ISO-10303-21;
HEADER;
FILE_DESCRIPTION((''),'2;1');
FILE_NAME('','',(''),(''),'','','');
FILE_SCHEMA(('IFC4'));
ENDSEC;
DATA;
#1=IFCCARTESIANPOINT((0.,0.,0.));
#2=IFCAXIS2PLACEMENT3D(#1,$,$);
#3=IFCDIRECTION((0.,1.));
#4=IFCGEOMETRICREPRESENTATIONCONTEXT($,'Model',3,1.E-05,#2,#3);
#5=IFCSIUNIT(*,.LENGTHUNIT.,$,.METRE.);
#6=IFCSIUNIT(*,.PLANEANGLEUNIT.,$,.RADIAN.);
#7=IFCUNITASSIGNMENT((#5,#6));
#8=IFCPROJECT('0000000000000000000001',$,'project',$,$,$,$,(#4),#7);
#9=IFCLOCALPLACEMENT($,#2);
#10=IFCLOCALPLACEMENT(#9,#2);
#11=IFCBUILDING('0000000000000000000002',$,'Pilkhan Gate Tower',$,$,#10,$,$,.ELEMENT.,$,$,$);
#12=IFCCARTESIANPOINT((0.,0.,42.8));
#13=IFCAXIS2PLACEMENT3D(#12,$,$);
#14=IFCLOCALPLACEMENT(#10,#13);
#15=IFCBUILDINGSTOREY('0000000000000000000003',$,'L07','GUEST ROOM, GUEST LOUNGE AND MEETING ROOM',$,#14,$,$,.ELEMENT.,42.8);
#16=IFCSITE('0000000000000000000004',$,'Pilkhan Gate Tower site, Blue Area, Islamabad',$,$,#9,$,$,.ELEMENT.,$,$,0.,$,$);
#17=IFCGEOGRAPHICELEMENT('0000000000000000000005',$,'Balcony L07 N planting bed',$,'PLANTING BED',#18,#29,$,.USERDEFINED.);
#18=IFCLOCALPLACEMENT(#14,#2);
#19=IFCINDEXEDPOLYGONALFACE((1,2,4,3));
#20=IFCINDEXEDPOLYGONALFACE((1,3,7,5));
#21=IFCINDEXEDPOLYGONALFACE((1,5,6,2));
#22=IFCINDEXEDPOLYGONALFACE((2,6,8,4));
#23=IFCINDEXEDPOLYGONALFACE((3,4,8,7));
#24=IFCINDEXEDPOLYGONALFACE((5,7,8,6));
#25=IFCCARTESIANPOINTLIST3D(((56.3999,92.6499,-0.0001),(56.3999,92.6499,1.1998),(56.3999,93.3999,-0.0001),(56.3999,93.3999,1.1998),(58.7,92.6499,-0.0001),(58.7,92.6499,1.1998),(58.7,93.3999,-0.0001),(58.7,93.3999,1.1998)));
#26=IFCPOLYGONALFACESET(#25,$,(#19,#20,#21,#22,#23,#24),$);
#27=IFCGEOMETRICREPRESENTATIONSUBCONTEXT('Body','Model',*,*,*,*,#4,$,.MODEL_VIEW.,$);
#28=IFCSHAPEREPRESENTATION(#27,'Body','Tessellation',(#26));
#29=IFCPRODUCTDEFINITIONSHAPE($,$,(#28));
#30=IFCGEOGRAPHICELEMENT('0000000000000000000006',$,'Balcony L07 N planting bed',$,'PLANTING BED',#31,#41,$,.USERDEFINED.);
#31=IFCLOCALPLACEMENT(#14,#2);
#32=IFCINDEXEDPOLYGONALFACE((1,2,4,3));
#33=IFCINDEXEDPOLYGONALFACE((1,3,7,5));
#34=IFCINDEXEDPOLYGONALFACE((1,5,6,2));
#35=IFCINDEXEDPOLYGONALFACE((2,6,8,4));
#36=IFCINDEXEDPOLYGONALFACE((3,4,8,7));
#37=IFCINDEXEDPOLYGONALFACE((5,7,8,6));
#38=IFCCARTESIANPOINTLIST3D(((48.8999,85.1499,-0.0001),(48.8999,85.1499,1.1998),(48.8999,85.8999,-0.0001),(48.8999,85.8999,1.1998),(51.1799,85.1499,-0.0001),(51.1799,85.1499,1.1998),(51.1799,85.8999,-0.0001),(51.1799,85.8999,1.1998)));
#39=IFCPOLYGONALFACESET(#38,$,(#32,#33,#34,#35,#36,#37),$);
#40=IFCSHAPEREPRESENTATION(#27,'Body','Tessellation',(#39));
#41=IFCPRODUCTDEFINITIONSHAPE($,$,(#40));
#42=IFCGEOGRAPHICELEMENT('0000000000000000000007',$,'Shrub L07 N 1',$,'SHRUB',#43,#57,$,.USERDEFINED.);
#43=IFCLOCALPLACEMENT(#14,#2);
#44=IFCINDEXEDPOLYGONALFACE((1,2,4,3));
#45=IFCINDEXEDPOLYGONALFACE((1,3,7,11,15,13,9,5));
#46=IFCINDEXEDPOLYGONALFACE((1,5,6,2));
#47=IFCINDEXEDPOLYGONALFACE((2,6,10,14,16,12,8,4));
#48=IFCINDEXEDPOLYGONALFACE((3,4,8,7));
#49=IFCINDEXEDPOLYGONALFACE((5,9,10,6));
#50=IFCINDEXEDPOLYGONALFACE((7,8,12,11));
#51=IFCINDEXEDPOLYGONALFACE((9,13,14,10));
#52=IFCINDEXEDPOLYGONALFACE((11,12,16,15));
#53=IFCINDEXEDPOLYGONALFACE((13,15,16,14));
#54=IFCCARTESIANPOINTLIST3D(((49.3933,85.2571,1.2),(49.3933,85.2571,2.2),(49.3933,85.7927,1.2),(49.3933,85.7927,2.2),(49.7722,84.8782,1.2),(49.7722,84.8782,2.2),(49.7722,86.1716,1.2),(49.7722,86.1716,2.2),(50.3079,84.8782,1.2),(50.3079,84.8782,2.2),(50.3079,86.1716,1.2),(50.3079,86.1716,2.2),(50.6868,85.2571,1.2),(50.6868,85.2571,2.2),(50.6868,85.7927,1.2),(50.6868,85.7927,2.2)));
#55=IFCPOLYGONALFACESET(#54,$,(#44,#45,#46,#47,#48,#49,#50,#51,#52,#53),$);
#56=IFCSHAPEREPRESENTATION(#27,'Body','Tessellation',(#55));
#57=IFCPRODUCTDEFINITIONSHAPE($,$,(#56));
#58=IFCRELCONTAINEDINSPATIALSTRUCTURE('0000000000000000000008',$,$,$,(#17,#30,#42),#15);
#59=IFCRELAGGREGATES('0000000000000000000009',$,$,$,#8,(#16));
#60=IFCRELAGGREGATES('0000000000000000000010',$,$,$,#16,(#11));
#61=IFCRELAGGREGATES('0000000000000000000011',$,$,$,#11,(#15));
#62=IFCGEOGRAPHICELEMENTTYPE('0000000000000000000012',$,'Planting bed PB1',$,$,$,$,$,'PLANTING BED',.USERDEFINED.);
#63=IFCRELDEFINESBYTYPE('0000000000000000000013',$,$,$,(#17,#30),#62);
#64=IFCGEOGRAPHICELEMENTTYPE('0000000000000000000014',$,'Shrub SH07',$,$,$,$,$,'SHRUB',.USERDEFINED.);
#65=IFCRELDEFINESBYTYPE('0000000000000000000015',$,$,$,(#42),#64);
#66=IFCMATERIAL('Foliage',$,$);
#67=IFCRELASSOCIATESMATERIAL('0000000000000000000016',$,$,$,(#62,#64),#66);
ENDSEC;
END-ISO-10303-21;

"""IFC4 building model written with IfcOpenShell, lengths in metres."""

from ifc_helpers import new_model, si_unit, direction, frame, origin, origin_2d, place, context, subcontext, project, spatial, polyline, rectangle, outline, extrude, material, material_profile, profile_set, type_object, element, save


model = new_model("IFC4")

# Units and contexts
model_context = context("Model", 3, precision=1e-05, world=origin(), true_north=direction((0.0, 1.0)))
body_context = subcontext(model_context, "Body", "Model", "MODEL_VIEW")
ifc_project = project(units=[si_unit("LENGTHUNIT", "METRE"), si_unit("PLANEANGLEUNIT", "RADIAN")], contexts=[model_context])

# Site, building, storey
site_placement = place(None, origin())
site = spatial("IfcSite", under=ifc_project, at=site_placement, Name="Pilkhan Gate Tower site, Blue Area, Islamabad", CompositionType="ELEMENT", RefElevation=0.0)
building_placement = place(site_placement, origin())
building = spatial("IfcBuilding", under=site, at=building_placement, Name="Pilkhan Gate Tower", CompositionType="ELEMENT")
storey_placement = place(building_placement, frame((0.0, 0.0, 42.8)))
storey = spatial("IfcBuildingStorey", under=building, at=storey_placement, Name="L07", Description="GUEST ROOM, GUEST LOUNGE AND MEETING ROOM", CompositionType="ELEMENT", Elevation=42.8)

# Geographic elements
ifc_material_1 = material(Name="Foliage")
ifc_material_profile_1 = material_profile(ifc_material_1, rectangle(XDim=0.75, YDim=1.2, at=origin_2d()), Name="Bed 750x1200")
ifc_profile_set_1 = profile_set([ifc_material_profile_1], Name="Foliage")
geographic_element_type_1 = type_object("IfcGeographicElementType", Name="Planting bed PB1", ElementType="PLANTING BED", PredefinedType="USERDEFINED", material=ifc_profile_set_1)
geographic_element_1_placement = place(storey_placement, frame((56.3999, 93.0249, 0.5999), z_axis=(1.0, 0.0, 0.0), x_axis=(0.0, 1.0, 0.0)))
element("IfcGeographicElement", 1, at=geographic_element_1_placement, inside=storey, type_object=geographic_element_type_1, Name="Balcony L07 N planting bed", ObjectType="PLANTING BED", PredefinedType="USERDEFINED", context=body_context, shape_type="SweptSolid", body=[
    extrude(rectangle(XDim=0.75, YDim=1.2, at=origin_2d()), origin(), (0.0, 0.0, 1.0), 2.3),
])
geographic_element_2_placement = place(storey_placement, frame((48.8999, 85.5249, 0.5999), z_axis=(1.0, 0.0, 0.0), x_axis=(0.0, 1.0, 0.0)))
element("IfcGeographicElement", 2, at=geographic_element_2_placement, inside=storey, type_object=geographic_element_type_1, Name="Balcony L07 N planting bed", ObjectType="PLANTING BED", PredefinedType="USERDEFINED", context=body_context, shape_type="SweptSolid", body=[
    extrude(rectangle(XDim=0.75, YDim=1.2, at=origin_2d()), origin(), (0.0, 0.0, 1.0), 2.28),
])
ifc_material_profile_2 = material_profile(ifc_material_1, outline(polyline([(0.6467, 0.2678), (0.2678, 0.6467), (-0.2678, 0.6467), (-0.6467, 0.2678), (-0.6467, -0.2678), (-0.2678, -0.6467), (0.2678, -0.6467), (0.6467, -0.2678), (0.6467, 0.2678)])), Name="Shrub D1.4")
ifc_profile_set_2 = profile_set([ifc_material_profile_2], Name="Foliage")
geographic_element_type_2 = type_object("IfcGeographicElementType", Name="Shrub SH07", ElementType="SHRUB", PredefinedType="USERDEFINED", material=ifc_profile_set_2)
geographic_element_3_placement = place(storey_placement, frame((50.04, 85.5249, 1.2), z_axis=(0.0, 0.0, 1.0), x_axis=(1.0, 0.0, 0.0)))
element("IfcGeographicElement", 3, at=geographic_element_3_placement, inside=storey, type_object=geographic_element_type_2, Name="Shrub L07 N 1", ObjectType="SHRUB", PredefinedType="USERDEFINED", context=body_context, shape_type="SweptSolid", body=[
    extrude(outline(polyline([(0.6467, 0.2678), (0.2678, 0.6467), (-0.2678, 0.6467), (-0.6467, 0.2678), (-0.6467, -0.2678), (-0.2678, -0.6467), (0.2678, -0.6467), (0.6467, -0.2678), (0.6467, 0.2678)])), origin(), (0.0, 0.0, 1.0), 1.0),
])

save(model, "model.ifc")
